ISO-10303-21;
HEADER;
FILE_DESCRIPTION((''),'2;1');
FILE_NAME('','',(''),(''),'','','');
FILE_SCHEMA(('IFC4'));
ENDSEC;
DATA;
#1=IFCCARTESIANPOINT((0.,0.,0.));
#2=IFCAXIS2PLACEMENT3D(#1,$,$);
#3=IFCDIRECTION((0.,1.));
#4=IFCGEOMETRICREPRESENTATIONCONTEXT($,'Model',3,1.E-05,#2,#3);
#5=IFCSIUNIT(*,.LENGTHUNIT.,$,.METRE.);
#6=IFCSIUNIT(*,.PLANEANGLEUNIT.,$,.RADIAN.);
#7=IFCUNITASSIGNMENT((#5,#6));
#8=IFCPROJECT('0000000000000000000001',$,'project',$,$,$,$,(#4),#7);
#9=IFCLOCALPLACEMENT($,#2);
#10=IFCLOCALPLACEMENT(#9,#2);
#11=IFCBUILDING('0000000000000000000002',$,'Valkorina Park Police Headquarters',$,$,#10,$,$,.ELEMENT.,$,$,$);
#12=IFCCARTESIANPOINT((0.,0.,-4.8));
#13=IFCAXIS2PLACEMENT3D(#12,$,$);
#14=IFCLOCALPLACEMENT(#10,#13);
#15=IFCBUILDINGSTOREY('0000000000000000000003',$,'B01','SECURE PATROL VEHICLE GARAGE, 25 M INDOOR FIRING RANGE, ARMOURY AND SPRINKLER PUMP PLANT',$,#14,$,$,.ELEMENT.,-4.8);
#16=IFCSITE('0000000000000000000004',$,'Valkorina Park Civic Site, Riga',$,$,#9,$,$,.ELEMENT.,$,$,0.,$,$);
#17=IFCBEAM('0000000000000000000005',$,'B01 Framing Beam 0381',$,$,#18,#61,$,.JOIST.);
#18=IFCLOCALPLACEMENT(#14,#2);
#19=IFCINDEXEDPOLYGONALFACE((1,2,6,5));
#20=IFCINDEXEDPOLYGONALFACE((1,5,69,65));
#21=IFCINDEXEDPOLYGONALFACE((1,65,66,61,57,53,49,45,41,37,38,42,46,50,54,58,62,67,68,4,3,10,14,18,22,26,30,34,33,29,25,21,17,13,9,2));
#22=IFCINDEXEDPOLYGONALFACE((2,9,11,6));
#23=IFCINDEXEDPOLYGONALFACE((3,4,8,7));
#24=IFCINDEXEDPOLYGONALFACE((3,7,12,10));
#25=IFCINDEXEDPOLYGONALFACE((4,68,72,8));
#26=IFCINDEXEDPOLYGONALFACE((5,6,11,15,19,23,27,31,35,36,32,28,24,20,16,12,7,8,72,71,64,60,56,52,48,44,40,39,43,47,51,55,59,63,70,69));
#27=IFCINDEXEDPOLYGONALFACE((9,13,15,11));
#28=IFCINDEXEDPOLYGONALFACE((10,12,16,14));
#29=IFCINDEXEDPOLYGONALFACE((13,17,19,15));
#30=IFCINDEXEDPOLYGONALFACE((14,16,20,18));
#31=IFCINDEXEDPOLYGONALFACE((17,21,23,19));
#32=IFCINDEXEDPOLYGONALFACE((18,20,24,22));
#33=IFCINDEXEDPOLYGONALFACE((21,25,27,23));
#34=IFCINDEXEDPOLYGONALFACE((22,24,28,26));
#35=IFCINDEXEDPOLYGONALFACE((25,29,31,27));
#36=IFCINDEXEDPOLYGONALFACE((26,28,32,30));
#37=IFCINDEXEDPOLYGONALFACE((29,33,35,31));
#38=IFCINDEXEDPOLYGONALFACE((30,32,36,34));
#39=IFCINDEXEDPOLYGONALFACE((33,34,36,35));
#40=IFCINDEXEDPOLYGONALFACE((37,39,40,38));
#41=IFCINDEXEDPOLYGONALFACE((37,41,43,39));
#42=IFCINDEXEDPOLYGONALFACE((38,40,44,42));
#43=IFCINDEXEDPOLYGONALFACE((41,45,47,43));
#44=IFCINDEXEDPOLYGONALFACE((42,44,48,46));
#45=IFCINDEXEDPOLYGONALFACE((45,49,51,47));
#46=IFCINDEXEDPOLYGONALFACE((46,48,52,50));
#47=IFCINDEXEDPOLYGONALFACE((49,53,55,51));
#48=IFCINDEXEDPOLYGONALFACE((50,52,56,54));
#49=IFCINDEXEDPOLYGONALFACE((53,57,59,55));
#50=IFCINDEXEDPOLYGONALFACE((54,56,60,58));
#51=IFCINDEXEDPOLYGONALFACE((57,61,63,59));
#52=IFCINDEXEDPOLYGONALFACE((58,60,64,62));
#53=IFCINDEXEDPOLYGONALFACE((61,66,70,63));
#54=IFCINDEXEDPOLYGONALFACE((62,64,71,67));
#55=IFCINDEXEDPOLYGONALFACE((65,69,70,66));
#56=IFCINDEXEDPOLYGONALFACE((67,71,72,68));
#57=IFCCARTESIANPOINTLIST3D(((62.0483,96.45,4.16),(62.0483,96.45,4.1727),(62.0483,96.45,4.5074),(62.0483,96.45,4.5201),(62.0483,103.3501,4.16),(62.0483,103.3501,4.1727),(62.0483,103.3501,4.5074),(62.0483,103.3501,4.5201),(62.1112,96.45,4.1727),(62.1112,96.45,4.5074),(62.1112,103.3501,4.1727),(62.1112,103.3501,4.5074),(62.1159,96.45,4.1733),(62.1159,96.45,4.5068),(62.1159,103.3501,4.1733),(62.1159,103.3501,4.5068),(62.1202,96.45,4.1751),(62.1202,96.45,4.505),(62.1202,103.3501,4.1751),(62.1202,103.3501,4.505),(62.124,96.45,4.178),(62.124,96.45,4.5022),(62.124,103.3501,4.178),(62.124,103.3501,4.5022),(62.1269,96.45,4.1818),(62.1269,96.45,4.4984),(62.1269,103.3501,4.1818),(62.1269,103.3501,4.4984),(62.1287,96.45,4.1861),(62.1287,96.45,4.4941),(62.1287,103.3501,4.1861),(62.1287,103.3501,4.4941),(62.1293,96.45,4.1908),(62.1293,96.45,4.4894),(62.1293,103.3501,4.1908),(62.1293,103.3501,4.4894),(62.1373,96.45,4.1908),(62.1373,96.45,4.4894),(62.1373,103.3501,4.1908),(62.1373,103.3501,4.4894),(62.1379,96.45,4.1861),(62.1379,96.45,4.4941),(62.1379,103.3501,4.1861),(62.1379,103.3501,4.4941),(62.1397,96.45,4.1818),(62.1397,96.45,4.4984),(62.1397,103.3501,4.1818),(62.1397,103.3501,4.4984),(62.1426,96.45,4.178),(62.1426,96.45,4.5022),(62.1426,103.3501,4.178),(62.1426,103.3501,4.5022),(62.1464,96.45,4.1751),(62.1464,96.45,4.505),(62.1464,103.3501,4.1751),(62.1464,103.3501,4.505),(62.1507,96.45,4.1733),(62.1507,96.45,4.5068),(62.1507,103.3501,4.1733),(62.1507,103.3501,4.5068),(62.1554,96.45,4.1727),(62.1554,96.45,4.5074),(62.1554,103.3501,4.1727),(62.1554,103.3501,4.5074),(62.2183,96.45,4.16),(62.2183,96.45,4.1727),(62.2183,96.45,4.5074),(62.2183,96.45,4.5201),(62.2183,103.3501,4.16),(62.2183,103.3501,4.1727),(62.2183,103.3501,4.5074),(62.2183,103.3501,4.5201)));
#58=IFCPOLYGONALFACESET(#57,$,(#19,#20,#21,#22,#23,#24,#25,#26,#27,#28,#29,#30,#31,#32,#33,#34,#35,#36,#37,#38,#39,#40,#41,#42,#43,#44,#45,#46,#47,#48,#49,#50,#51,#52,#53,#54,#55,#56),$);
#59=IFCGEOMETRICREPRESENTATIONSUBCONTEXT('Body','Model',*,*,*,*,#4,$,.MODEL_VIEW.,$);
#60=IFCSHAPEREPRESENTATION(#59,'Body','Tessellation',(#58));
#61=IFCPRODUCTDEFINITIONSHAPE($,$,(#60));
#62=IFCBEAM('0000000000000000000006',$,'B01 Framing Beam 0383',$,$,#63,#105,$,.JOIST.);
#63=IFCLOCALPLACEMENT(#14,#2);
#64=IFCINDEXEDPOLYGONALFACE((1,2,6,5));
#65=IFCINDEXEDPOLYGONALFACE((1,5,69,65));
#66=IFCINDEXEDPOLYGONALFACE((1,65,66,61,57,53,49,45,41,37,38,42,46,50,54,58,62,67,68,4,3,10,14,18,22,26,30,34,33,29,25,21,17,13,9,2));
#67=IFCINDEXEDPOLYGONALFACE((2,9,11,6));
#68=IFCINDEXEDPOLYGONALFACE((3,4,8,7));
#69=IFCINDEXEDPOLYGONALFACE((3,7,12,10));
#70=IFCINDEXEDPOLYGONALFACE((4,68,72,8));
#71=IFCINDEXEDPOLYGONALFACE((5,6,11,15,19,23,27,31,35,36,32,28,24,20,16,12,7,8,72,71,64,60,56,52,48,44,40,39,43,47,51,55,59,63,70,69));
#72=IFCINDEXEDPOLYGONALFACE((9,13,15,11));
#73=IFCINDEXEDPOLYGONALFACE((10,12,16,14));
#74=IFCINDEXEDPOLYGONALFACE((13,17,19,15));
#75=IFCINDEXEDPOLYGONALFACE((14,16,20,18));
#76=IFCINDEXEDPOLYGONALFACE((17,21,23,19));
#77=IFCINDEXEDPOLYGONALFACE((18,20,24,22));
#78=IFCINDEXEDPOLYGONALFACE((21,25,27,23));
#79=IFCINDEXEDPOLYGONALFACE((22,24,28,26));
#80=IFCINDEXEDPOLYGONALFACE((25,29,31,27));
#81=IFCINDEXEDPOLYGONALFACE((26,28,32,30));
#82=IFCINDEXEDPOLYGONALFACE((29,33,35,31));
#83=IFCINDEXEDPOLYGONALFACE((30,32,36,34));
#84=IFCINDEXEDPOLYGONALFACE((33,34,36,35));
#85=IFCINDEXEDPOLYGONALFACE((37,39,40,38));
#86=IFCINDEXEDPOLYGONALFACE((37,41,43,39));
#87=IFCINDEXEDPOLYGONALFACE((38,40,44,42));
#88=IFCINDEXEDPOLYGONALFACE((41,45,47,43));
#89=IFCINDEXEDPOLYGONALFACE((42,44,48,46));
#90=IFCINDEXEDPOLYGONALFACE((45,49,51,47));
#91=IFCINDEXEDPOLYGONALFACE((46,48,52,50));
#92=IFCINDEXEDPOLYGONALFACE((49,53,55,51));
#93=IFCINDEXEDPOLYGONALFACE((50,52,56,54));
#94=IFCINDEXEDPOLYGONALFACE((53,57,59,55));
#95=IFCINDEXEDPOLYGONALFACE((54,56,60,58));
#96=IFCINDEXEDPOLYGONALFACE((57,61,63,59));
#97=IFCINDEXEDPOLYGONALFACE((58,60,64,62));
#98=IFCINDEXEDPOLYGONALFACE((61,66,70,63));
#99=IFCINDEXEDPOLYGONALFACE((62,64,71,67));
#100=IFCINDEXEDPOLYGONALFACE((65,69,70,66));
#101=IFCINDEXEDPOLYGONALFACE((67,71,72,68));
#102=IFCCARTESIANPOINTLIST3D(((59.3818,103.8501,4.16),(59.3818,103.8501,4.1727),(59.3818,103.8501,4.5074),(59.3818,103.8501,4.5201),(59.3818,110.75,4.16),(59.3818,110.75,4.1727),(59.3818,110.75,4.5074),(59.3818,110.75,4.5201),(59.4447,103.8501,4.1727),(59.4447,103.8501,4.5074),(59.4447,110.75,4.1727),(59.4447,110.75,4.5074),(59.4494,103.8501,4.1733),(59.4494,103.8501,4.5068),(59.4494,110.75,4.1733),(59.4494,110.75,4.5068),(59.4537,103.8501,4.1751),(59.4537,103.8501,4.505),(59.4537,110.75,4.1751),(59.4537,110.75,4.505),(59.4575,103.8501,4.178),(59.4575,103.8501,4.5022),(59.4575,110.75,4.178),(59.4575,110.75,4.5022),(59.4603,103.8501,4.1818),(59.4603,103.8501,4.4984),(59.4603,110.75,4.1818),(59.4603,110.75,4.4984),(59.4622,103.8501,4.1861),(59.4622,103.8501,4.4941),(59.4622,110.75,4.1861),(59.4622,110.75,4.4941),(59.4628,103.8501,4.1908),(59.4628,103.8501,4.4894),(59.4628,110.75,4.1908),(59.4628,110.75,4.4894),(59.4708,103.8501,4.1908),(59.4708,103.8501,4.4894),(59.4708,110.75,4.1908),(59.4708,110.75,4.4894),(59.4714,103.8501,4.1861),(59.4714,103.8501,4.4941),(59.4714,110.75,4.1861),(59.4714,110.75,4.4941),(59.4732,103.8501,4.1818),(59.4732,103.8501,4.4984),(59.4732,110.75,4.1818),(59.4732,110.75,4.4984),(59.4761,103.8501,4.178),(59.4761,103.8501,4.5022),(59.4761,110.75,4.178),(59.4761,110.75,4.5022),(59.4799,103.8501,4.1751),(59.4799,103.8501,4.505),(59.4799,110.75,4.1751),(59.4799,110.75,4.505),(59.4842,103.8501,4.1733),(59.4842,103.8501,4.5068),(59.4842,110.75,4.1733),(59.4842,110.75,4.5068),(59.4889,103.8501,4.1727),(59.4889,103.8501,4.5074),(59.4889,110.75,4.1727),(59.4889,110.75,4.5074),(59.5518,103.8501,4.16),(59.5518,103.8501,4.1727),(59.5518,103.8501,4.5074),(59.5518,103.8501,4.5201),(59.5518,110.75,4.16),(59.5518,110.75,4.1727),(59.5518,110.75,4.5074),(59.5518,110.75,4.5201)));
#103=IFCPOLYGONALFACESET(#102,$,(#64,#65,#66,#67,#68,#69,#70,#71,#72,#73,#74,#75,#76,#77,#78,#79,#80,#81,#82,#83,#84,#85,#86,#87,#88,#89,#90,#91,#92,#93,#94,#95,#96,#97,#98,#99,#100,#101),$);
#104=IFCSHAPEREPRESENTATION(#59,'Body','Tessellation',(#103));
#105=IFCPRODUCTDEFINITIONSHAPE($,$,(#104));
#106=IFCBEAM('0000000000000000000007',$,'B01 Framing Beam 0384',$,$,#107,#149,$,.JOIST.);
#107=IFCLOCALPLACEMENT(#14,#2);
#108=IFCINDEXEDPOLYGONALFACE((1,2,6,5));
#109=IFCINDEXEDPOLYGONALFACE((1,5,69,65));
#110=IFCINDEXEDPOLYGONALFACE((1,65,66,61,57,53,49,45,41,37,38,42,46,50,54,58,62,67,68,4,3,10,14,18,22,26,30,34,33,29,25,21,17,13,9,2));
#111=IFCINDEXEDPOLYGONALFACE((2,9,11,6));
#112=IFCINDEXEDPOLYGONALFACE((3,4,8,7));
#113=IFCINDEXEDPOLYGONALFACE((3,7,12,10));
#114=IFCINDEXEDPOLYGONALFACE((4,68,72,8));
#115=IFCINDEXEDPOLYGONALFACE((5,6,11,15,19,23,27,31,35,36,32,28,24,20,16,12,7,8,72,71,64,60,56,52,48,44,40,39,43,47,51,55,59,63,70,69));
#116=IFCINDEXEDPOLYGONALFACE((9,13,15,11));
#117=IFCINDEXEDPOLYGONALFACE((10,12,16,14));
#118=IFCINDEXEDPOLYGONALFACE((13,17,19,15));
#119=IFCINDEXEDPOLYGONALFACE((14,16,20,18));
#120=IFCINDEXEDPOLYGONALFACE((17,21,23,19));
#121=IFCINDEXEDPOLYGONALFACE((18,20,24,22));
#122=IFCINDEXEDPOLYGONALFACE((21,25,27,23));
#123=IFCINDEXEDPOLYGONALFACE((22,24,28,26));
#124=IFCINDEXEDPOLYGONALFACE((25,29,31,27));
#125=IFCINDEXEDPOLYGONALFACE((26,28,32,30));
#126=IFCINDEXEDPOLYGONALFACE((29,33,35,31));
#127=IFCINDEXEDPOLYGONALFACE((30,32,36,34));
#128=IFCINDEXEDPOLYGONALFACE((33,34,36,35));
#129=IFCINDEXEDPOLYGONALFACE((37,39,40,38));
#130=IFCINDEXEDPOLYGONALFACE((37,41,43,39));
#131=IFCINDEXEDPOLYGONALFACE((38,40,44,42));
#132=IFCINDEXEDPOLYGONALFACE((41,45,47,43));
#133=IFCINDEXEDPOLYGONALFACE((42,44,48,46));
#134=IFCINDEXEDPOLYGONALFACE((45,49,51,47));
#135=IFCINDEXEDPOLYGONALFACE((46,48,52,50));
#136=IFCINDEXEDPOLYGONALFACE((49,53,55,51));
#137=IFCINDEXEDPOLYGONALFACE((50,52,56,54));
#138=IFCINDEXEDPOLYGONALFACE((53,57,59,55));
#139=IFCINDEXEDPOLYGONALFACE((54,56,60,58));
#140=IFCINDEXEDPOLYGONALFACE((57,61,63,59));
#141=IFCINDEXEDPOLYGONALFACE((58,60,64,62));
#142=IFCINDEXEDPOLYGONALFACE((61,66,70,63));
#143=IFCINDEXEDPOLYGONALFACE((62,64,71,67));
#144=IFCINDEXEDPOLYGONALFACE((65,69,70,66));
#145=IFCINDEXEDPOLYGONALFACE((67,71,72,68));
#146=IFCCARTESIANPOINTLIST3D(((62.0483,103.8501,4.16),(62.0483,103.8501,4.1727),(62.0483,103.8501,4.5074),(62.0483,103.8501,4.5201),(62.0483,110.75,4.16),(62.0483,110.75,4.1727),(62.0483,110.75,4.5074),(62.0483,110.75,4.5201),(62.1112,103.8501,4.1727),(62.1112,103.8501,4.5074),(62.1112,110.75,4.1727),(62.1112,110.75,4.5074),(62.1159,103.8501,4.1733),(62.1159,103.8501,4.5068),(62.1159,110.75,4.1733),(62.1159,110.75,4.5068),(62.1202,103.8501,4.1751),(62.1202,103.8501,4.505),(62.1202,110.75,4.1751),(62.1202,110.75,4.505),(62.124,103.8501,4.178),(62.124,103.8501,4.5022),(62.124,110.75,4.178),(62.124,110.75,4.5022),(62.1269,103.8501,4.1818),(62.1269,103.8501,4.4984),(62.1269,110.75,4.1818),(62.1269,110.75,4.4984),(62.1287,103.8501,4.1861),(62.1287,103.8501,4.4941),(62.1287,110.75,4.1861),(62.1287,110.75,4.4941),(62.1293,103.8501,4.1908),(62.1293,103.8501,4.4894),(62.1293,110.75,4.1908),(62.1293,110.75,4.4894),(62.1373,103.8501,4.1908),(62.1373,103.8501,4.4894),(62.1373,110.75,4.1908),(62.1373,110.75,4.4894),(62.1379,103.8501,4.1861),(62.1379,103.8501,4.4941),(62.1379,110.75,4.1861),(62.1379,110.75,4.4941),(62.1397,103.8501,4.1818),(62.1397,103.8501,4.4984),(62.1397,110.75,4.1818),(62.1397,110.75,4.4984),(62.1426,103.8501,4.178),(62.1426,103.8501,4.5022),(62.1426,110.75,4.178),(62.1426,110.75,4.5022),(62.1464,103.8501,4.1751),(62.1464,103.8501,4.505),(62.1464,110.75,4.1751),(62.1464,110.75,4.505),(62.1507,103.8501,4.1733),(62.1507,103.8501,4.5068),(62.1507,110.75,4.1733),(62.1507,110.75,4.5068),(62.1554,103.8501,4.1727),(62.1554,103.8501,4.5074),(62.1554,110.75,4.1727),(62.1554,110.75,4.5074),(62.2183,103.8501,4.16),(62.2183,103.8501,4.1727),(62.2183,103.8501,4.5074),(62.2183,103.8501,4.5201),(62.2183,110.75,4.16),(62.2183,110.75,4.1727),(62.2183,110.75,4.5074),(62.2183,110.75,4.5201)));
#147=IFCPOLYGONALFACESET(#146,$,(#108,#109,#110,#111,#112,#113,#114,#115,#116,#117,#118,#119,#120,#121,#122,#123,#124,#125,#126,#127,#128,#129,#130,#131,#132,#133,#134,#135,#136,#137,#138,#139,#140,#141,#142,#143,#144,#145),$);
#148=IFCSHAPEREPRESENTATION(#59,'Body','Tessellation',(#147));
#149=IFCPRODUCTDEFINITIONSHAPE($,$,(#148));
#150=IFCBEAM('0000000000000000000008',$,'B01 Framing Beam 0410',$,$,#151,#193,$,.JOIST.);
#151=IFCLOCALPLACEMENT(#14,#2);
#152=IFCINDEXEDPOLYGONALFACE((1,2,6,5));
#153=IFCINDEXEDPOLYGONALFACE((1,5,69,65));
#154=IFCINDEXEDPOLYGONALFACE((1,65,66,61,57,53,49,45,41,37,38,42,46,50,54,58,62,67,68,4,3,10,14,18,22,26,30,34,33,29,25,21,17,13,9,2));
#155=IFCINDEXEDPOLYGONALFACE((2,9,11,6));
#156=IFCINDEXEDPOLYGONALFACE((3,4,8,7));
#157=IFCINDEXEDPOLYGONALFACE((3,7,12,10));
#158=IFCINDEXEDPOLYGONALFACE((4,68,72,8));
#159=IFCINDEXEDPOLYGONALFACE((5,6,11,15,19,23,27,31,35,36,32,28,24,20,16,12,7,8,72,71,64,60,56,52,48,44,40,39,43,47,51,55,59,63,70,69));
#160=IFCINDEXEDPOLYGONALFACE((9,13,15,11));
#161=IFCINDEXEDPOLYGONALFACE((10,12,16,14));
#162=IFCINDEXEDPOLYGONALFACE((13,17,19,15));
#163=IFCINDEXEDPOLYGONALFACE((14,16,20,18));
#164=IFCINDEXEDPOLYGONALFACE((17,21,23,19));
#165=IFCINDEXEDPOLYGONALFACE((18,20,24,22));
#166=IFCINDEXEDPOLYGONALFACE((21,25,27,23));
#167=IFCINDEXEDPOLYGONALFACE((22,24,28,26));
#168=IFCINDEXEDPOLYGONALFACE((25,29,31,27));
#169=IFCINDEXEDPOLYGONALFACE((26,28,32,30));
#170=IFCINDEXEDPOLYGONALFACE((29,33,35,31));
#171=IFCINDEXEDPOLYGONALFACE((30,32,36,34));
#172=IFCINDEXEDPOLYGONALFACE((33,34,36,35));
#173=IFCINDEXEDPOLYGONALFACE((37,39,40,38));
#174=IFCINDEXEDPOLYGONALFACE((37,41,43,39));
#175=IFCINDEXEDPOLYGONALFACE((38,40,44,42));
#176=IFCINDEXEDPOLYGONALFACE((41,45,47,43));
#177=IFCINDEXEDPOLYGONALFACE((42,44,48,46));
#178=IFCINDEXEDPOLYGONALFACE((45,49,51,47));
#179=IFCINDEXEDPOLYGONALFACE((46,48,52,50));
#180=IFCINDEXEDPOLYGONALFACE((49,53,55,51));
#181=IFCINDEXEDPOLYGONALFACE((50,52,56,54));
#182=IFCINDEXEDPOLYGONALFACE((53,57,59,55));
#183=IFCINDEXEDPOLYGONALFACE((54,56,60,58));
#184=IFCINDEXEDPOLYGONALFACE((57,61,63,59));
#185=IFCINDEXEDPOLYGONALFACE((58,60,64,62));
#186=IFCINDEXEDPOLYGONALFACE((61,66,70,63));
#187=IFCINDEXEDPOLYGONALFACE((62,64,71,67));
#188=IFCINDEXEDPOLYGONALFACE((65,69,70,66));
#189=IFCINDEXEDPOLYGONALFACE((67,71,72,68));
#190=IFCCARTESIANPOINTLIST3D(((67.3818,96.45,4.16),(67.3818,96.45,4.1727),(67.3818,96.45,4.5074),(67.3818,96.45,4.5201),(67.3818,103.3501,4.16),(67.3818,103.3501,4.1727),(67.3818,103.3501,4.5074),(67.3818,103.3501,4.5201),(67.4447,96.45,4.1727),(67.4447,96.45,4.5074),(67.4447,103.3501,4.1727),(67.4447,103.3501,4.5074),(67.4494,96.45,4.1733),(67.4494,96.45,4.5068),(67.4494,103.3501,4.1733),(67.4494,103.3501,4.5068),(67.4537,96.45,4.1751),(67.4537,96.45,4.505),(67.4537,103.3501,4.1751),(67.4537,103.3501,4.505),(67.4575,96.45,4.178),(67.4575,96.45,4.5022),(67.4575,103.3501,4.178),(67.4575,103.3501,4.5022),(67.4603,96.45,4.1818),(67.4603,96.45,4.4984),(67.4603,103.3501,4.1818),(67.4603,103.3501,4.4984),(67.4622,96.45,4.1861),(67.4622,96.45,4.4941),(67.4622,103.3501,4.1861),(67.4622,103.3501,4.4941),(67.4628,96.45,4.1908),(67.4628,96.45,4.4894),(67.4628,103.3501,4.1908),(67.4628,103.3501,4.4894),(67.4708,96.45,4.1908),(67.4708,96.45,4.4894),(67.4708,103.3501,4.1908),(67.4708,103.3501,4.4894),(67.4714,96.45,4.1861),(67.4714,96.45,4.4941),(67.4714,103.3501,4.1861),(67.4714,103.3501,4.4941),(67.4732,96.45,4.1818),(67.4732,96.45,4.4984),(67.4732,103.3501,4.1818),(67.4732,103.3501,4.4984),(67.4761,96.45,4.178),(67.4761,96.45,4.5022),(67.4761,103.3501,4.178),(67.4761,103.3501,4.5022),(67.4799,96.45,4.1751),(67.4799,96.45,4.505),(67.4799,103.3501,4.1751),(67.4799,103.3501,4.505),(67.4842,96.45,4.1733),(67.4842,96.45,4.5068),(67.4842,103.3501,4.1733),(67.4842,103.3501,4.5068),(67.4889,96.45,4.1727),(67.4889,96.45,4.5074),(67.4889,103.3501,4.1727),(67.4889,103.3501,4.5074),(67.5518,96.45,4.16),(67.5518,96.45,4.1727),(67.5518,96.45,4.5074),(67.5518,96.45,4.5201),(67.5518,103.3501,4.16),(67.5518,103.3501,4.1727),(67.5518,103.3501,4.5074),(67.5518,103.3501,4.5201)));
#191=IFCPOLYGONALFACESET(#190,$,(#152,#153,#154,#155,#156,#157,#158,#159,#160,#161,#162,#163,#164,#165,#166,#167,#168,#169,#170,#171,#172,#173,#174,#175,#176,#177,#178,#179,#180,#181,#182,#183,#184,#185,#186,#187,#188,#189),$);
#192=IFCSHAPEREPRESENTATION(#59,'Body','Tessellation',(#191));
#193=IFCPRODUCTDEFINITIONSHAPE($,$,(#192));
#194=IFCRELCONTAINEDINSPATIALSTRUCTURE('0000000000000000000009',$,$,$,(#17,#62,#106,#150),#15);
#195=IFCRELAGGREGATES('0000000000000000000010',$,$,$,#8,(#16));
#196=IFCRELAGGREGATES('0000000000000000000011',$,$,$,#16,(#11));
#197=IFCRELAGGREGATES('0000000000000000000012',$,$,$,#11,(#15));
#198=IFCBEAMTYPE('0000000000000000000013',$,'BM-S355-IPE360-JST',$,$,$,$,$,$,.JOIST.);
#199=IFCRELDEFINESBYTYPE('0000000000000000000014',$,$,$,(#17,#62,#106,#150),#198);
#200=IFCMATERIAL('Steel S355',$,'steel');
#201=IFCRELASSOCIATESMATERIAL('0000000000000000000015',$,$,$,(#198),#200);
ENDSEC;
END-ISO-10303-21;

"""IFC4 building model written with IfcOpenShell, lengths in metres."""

from ifc_helpers import new_model, si_unit, direction, frame, origin, origin_2d, place, context, subcontext, project, spatial, i_section, extrude, material, material_profile, profile_set, type_object, element, save


model = new_model("IFC4")

# Units and contexts
model_context = context("Model", 3, precision=1e-05, world=origin(), true_north=direction((0.0, 1.0)))
body_context = subcontext(model_context, "Body", "Model", "MODEL_VIEW")
ifc_project = project(units=[si_unit("LENGTHUNIT", "METRE"), si_unit("PLANEANGLEUNIT", "RADIAN")], contexts=[model_context])

# Site, building, storey
site_placement = place(None, origin())
site = spatial("IfcSite", under=ifc_project, at=site_placement, Name="Valkorina Park Civic Site, Riga", CompositionType="ELEMENT", RefElevation=0.0)
building_placement = place(site_placement, origin())
building = spatial("IfcBuilding", under=site, at=building_placement, Name="Valkorina Park Police Headquarters", CompositionType="ELEMENT")
storey_placement = place(building_placement, frame((0.0, 0.0, -4.8)))
storey = spatial("IfcBuildingStorey", under=building, at=storey_placement, Name="B01", Description="SECURE PATROL VEHICLE GARAGE, 25 M INDOOR FIRING RANGE, ARMOURY AND SPRINKLER PUMP PLANT", CompositionType="ELEMENT", Elevation=-4.8)

# Beams
ifc_material_1 = material(Name="Steel S355", Category="steel")
ifc_material_profile_1 = material_profile(ifc_material_1, i_section(OverallWidth=0.1699, OverallDepth=0.3601, WebThickness=0.0081, FlangeThickness=0.0127, FilletRadius=0.0181, at=origin_2d()), Name="IPE 360")
ifc_profile_set_1 = profile_set([ifc_material_profile_1], Name="Steel S355")
beam_type_1 = type_object("IfcBeamType", Name="BM-S355-IPE360-JST", PredefinedType="JOIST", material=ifc_profile_set_1)
for number, where, z_axis, x_axis, name in (
    (1, (62.1333, 96.45, 4.3401), (0.0, 1.0, 0.0), (-1.0, 0.0, 0.0), "B01 Framing Beam 0381"),
):
    element("IfcBeam", number, at=place(storey_placement, frame(where, z_axis=z_axis, x_axis=x_axis)), inside=storey, type_object=beam_type_1, Name=name, PredefinedType="JOIST", context=body_context, shape_type="SweptSolid", body=[
        extrude(i_section(OverallWidth=0.1699, OverallDepth=0.3601, WebThickness=0.0081, FlangeThickness=0.0127, FilletRadius=0.0181, at=origin_2d()), origin(), (0.0, 0.0, 1.0), 6.9001),
    ])
for number, where, z_axis, x_axis, name in (
    (2, (59.4668, 103.8501, 4.3401), (0.0, 1.0, 0.0), (-1.0, 0.0, 0.0), "B01 Framing Beam 0383"),
    (3, (62.1333, 103.8501, 4.3401), (0.0, 1.0, 0.0), (-1.0, 0.0, 0.0), "B01 Framing Beam 0384"),
):
    element("IfcBeam", number, at=place(storey_placement, frame(where, z_axis=z_axis, x_axis=x_axis)), inside=storey, type_object=beam_type_1, Name=name, PredefinedType="JOIST", context=body_context, shape_type="SweptSolid", body=[
        extrude(i_section(OverallWidth=0.1699, OverallDepth=0.3601, WebThickness=0.0081, FlangeThickness=0.0127, FilletRadius=0.0181, at=origin_2d()), origin(), (0.0, 0.0, 1.0), 6.8999),
    ])
beam_1_placement = place(storey_placement, frame((67.4668, 96.45, 4.3401), z_axis=(0.0, 1.0, 0.0), x_axis=(-1.0, 0.0, 0.0)))
element("IfcBeam", 4, at=beam_1_placement, inside=storey, type_object=beam_type_1, Name="B01 Framing Beam 0410", PredefinedType="JOIST", context=body_context, shape_type="SweptSolid", body=[
    extrude(i_section(OverallWidth=0.1699, OverallDepth=0.3601, WebThickness=0.0081, FlangeThickness=0.0127, FilletRadius=0.0181, at=origin_2d()), origin(), (0.0, 0.0, 1.0), 6.9001),
])

save(model, "model.ifc")
